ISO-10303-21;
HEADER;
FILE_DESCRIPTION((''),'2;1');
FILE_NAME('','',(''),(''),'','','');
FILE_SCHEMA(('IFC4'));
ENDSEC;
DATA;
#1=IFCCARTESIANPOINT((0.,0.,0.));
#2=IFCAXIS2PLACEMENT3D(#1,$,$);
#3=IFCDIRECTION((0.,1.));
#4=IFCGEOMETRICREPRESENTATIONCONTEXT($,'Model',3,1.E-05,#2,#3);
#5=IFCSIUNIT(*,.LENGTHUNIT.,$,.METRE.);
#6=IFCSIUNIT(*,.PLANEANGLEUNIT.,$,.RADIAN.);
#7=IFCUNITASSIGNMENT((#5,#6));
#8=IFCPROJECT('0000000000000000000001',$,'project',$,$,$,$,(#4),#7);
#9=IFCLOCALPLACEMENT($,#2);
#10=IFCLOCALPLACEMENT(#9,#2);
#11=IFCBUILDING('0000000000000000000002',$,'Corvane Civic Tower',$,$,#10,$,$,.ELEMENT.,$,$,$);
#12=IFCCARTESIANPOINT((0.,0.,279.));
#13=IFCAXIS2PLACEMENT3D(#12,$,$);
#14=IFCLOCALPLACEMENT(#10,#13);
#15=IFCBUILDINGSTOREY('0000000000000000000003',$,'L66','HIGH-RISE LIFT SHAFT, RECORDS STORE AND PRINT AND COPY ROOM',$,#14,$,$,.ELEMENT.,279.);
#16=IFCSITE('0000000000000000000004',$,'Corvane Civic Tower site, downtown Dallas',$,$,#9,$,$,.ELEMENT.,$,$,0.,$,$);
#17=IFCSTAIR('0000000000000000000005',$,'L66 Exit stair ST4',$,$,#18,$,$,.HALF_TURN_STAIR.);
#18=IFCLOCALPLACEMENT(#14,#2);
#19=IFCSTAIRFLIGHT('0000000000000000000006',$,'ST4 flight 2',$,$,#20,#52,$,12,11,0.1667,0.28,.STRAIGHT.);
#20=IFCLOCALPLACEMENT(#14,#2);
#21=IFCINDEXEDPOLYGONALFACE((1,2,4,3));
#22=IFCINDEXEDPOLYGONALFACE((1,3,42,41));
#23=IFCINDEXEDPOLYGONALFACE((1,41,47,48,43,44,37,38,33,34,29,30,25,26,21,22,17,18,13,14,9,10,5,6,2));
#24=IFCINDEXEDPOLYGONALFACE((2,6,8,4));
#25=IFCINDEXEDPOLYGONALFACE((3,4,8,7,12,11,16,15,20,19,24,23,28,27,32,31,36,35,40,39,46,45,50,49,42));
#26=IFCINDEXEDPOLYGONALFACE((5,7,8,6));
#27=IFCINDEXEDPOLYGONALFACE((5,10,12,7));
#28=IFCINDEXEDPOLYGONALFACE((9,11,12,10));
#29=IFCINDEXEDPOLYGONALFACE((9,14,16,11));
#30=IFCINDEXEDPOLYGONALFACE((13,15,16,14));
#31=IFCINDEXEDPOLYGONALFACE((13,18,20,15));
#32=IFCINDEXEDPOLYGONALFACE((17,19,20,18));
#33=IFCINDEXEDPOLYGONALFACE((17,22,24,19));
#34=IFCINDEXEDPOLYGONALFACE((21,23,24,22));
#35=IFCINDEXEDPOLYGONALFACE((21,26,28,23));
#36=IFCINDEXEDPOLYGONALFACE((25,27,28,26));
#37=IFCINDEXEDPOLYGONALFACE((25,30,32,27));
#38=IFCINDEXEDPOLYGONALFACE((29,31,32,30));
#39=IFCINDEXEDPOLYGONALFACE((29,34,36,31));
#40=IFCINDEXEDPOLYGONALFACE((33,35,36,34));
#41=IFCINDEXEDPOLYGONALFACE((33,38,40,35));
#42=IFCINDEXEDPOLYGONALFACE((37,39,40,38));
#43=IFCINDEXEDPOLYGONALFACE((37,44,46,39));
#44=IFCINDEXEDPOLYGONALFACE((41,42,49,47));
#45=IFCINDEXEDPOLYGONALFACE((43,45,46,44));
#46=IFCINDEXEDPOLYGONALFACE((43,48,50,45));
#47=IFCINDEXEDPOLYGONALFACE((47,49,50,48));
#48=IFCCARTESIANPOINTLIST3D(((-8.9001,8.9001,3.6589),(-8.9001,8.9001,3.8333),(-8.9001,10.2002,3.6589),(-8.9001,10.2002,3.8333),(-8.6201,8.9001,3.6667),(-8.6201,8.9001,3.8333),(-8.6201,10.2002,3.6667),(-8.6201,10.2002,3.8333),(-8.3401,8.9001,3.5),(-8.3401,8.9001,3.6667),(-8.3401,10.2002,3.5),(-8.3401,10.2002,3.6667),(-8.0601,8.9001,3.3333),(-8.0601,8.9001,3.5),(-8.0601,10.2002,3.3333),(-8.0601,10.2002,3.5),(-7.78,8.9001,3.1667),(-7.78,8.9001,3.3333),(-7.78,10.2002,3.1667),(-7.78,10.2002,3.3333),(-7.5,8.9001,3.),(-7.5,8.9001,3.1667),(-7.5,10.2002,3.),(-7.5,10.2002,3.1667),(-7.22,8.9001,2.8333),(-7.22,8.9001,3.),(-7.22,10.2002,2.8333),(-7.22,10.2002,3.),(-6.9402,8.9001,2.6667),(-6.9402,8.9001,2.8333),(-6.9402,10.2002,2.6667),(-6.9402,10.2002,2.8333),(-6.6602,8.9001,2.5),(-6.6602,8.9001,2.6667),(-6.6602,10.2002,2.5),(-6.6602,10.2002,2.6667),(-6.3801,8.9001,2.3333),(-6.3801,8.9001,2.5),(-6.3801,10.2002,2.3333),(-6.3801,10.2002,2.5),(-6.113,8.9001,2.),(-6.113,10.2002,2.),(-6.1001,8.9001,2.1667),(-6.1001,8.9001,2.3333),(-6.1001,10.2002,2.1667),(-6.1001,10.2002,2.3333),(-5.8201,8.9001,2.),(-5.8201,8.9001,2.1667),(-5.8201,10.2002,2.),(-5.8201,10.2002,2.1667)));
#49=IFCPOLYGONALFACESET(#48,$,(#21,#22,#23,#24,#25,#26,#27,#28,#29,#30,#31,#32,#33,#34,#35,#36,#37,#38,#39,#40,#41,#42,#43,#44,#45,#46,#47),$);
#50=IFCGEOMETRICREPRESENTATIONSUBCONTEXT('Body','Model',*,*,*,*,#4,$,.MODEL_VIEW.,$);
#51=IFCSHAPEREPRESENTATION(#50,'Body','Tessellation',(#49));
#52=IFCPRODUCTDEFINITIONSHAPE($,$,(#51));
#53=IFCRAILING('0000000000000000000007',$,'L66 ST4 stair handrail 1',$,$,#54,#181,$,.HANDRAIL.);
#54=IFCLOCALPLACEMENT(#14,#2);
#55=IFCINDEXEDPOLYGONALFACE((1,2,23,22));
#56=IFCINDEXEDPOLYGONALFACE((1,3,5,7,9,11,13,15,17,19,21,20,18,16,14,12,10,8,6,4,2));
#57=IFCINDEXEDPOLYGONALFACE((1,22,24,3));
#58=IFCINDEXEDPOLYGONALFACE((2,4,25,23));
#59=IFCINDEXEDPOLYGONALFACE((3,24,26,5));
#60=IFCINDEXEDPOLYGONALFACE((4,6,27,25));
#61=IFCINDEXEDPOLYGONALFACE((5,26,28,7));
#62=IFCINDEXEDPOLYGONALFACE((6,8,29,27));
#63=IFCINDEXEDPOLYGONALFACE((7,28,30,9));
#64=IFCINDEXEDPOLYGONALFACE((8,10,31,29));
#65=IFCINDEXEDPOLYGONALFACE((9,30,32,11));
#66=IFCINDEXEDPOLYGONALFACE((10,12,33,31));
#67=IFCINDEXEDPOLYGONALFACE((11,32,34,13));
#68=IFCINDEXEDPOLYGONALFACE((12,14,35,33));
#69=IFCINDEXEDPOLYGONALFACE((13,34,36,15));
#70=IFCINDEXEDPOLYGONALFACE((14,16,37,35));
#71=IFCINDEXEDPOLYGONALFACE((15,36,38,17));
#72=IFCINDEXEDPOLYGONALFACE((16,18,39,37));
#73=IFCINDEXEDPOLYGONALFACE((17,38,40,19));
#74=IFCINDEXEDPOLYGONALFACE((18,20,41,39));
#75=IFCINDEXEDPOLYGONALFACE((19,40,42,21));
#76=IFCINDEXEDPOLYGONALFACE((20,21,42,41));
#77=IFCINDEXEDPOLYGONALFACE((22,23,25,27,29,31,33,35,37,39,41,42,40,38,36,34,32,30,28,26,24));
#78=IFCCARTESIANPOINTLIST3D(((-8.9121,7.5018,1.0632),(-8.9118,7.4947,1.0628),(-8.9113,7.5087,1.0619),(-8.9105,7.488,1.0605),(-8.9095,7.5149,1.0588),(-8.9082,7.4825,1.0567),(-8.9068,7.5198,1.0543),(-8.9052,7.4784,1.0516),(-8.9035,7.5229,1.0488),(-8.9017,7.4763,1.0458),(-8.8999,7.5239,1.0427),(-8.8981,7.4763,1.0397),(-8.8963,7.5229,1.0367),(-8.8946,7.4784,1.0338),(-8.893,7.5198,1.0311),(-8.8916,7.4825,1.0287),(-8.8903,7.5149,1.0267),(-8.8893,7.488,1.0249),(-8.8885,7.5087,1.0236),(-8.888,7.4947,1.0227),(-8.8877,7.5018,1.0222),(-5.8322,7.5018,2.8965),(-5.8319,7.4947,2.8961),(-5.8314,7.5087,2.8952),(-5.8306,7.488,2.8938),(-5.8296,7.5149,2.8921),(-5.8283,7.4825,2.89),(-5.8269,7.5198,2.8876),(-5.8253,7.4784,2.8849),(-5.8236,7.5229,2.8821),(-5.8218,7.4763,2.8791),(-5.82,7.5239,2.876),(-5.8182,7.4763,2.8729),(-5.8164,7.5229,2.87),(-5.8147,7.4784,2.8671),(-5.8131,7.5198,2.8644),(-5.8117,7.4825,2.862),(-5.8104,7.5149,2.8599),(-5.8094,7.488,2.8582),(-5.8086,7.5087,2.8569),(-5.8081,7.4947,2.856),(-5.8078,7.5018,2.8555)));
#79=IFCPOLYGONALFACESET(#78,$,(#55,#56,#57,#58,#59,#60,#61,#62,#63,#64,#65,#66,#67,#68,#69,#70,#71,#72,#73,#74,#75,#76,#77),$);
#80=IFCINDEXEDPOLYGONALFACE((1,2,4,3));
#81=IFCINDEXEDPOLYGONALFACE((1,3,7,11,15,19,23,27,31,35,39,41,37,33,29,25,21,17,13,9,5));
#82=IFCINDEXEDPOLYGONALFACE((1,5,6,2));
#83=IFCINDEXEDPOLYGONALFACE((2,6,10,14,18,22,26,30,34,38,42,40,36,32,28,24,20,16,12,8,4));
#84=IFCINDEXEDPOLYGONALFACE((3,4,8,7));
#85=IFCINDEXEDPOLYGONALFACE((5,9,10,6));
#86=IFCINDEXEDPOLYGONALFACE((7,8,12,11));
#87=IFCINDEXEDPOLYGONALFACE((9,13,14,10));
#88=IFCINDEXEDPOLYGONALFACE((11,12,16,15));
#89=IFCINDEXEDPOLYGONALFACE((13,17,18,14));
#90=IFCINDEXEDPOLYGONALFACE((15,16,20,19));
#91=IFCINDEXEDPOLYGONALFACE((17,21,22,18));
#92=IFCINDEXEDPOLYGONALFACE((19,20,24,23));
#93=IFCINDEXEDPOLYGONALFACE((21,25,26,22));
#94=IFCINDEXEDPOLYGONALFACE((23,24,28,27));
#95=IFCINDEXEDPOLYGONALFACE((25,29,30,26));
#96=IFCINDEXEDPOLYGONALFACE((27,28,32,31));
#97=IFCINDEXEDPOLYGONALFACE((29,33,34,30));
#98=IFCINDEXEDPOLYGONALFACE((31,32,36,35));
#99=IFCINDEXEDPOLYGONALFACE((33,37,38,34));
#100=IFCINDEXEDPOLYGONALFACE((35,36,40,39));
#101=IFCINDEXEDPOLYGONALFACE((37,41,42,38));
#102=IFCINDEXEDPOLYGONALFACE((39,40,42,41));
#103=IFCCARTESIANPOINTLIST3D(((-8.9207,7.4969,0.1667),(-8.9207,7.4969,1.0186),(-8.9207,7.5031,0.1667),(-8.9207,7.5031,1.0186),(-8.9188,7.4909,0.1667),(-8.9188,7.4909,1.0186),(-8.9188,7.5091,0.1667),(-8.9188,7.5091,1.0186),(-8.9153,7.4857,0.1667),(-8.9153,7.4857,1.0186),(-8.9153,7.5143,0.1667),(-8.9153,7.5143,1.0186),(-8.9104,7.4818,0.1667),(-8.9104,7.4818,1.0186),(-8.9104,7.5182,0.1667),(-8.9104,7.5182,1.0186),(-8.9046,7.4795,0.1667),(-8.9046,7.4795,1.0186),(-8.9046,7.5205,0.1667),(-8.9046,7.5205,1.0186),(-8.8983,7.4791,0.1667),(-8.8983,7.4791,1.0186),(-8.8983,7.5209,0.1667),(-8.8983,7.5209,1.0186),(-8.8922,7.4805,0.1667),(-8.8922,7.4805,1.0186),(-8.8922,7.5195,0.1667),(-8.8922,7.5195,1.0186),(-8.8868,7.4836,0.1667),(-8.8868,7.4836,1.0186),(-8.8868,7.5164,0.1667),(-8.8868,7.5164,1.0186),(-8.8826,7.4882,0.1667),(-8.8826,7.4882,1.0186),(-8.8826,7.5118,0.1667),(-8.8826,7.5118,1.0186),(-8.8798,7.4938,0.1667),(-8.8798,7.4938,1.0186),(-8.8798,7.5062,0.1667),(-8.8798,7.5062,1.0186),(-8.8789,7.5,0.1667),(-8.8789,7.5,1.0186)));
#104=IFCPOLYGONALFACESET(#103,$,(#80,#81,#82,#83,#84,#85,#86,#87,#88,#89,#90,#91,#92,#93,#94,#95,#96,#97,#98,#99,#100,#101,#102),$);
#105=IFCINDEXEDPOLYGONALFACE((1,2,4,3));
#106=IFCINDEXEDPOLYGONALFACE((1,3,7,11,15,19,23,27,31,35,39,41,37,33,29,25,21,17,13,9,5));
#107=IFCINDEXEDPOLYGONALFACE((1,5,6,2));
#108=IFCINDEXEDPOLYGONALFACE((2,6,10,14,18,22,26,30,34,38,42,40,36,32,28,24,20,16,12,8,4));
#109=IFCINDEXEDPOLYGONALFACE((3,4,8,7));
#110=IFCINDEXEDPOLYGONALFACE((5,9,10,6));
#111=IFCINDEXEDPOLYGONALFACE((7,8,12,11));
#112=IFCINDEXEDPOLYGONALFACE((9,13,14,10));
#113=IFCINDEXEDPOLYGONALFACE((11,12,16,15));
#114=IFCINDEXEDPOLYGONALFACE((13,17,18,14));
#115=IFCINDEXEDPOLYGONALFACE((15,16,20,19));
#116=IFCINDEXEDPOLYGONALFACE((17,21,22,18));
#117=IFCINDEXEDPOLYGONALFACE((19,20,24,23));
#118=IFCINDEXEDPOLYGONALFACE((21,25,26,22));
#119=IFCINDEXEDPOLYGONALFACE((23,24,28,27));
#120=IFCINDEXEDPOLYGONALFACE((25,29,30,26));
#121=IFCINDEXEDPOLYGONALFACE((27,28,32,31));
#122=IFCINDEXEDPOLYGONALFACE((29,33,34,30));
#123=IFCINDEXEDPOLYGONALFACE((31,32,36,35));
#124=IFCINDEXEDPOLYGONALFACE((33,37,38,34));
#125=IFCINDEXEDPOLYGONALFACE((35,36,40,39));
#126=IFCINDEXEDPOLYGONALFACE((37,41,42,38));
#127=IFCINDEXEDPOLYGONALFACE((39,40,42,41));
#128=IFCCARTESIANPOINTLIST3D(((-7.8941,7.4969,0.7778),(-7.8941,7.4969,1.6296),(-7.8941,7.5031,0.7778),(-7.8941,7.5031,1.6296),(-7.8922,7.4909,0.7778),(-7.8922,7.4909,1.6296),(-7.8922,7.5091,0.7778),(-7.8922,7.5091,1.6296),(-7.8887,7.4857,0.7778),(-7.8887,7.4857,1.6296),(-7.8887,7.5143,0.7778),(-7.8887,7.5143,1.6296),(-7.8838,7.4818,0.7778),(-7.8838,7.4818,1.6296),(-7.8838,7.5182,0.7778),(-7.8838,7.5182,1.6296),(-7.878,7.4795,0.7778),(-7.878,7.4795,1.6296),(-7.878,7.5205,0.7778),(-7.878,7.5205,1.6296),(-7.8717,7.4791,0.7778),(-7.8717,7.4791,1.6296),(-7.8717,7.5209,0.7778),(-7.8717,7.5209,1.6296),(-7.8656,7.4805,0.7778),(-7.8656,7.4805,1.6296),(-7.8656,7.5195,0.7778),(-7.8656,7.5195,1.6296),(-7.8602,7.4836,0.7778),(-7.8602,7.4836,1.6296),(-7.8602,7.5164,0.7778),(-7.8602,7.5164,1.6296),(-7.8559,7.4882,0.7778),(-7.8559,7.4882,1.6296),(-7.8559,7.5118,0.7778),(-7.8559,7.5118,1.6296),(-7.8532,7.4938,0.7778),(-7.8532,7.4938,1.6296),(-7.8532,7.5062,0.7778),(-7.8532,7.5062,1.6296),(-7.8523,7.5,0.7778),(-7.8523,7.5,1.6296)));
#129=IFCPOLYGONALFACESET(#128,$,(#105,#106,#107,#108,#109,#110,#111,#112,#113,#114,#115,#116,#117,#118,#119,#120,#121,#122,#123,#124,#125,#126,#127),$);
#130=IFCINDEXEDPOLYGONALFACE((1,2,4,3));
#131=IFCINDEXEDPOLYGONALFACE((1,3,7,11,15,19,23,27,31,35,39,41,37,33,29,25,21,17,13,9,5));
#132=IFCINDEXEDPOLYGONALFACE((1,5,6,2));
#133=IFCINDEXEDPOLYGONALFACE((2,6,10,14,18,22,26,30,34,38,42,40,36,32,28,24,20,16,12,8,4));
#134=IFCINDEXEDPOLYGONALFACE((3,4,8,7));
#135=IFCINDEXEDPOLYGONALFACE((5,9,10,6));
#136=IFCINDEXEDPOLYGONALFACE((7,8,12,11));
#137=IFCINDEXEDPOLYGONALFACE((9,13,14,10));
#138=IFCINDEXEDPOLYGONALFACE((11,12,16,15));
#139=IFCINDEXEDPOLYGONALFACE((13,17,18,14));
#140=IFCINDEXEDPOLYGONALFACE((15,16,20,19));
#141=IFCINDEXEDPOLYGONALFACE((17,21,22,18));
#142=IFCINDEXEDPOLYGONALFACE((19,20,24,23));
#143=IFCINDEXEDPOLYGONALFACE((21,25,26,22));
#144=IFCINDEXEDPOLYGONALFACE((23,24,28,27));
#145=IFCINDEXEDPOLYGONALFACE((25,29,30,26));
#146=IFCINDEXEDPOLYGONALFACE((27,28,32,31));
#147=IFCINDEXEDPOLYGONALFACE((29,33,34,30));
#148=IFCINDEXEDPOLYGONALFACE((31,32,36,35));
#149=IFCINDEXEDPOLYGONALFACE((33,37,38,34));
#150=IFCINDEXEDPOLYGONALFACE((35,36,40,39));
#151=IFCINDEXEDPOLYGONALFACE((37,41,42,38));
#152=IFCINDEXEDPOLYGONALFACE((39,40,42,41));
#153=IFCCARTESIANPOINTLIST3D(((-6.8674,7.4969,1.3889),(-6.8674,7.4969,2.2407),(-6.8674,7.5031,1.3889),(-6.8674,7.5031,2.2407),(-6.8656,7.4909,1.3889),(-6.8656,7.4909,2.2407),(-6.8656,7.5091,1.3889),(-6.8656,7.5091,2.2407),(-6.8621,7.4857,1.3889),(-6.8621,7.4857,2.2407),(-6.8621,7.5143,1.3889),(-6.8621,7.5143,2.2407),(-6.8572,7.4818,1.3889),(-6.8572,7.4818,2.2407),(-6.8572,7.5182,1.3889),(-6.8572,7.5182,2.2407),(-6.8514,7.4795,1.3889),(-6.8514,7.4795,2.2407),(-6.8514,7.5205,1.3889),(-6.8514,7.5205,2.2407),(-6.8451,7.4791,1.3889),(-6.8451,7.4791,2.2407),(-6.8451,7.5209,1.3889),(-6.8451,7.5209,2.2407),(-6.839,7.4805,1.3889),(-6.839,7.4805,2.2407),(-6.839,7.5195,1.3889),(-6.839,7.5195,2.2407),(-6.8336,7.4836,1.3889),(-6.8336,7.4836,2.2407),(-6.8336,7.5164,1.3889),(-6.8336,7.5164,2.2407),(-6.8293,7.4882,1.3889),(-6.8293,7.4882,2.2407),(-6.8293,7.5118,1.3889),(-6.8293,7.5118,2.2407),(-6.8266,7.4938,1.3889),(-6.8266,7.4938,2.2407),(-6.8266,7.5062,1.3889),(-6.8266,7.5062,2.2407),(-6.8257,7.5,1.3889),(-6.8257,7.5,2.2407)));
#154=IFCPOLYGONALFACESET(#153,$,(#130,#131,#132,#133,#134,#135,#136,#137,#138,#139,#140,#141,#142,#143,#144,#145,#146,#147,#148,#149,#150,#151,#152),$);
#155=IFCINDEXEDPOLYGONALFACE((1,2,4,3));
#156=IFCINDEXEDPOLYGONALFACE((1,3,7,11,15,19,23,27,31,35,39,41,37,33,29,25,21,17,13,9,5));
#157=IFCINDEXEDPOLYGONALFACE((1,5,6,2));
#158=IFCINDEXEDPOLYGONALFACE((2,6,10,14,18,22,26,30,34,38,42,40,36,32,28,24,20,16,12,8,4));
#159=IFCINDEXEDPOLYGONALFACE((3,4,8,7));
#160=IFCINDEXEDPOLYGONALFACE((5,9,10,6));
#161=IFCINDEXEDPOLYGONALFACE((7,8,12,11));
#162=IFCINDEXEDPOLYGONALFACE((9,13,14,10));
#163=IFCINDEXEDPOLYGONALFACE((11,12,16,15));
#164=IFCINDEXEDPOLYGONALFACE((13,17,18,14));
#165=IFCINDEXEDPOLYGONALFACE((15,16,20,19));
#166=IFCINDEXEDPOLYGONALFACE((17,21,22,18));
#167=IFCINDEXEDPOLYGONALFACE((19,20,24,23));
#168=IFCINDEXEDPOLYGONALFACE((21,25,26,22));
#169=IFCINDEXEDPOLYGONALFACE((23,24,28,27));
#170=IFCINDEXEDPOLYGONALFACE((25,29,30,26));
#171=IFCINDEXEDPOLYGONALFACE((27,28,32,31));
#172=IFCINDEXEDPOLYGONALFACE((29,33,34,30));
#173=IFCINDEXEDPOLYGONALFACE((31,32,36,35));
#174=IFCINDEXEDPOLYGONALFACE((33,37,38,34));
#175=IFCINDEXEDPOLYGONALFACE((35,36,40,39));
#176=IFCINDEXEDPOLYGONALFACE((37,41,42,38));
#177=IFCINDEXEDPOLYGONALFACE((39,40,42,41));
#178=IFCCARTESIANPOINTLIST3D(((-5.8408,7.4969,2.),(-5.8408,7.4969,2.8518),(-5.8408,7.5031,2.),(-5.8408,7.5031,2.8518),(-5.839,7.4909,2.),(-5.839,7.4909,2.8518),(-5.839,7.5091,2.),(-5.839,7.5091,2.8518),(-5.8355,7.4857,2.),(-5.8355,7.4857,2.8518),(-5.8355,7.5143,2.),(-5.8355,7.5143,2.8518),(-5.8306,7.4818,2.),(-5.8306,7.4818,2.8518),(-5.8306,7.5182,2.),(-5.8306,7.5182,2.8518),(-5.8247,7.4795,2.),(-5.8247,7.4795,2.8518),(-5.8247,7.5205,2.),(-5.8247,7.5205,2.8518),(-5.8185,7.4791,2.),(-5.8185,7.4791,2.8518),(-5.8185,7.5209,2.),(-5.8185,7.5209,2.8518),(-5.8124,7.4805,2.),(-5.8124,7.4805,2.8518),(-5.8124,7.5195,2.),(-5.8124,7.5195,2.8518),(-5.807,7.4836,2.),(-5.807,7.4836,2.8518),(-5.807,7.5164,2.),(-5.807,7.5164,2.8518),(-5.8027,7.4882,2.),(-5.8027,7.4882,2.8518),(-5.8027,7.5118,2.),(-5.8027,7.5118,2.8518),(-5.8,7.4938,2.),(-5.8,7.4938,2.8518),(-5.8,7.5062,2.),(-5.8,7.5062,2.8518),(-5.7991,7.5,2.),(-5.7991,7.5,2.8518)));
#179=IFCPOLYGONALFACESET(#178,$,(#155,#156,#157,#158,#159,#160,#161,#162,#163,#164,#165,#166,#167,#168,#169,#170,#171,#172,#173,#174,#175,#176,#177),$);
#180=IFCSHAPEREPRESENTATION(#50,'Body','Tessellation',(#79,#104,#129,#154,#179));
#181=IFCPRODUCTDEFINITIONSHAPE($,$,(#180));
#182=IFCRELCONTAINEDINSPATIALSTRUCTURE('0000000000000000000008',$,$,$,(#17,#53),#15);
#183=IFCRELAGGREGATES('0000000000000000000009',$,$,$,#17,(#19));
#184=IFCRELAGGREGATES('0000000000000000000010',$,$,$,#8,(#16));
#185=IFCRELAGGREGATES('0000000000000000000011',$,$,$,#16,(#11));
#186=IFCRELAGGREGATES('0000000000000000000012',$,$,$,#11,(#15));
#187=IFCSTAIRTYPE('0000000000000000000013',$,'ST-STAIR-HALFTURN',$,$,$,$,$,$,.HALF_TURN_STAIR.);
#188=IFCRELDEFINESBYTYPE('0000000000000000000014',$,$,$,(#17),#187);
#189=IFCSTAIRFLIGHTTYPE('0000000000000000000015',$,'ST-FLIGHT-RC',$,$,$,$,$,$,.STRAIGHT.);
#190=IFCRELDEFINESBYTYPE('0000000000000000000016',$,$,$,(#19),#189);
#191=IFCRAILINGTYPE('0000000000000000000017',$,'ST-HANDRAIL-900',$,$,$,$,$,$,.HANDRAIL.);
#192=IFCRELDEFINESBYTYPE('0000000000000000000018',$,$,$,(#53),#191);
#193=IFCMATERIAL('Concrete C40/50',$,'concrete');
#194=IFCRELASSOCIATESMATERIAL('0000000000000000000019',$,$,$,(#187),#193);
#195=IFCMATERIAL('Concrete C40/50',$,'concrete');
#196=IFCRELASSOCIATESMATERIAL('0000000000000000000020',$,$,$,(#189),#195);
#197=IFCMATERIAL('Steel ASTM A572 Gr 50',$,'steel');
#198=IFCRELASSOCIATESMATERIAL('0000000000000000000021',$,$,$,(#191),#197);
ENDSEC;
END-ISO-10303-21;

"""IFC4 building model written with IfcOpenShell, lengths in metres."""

from ifc_helpers import new_model, si_unit, direction, frame, origin, origin_2d, place, context, subcontext, project, spatial, polyline, circle, outline, extrude, material, type_object, element, aggregate, save


model = new_model("IFC4")

# Units and contexts
model_context = context("Model", 3, precision=1e-05, world=origin(), true_north=direction((0.0, 1.0)))
body_context = subcontext(model_context, "Body", "Model", "MODEL_VIEW")
ifc_project = project(units=[si_unit("LENGTHUNIT", "METRE"), si_unit("PLANEANGLEUNIT", "RADIAN")], contexts=[model_context])

# Site, building, storey
site_placement = place(None, origin())
site = spatial("IfcSite", under=ifc_project, at=site_placement, Name="Corvane Civic Tower site, downtown Dallas", CompositionType="ELEMENT", RefElevation=0.0)
building_placement = place(site_placement, origin())
building = spatial("IfcBuilding", under=site, at=building_placement, Name="Corvane Civic Tower", CompositionType="ELEMENT")
storey_placement = place(building_placement, frame((0.0, 0.0, 279.0)))
storey = spatial("IfcBuildingStorey", under=building, at=storey_placement, Name="L66", Description="HIGH-RISE LIFT SHAFT, RECORDS STORE AND PRINT AND COPY ROOM", CompositionType="ELEMENT", Elevation=279.0)

# Stair
ifc_material_1 = material(Name="Concrete C40/50", Category="concrete")
stair_type = type_object("IfcStairType", Name="ST-STAIR-HALFTURN", PredefinedType="HALF_TURN_STAIR", material=ifc_material_1)
stair_1_placement = place(storey_placement, origin())
stair_1 = element("IfcStair", 1, at=stair_1_placement, inside=storey, type_object=stair_type, Name="L66 Exit stair ST4", PredefinedType="HALF_TURN_STAIR")

# Stair flight
ifc_material_2 = material(Name="Concrete C40/50", Category="concrete")
stair_flight_type = type_object("IfcStairFlightType", Name="ST-FLIGHT-RC", PredefinedType="STRAIGHT", material=ifc_material_2)
stair_flight_1_placement = place(storey_placement, frame((-5.8201, 9.55, 2.0), z_axis=(0.0, 0.0, 1.0), x_axis=(-1.0, 0.0, 0.0)))
stair_flight_1 = element("IfcStairFlight", 2, at=stair_flight_1_placement, type_object=stair_flight_type, Name="ST4 flight 2", NumberOfRisers=12, NumberOfTreads=11, PredefinedType="STRAIGHT", RiserHeight=0.1667, TreadLength=0.28, context=body_context, shape_type="SweptSolid", body=[
    extrude(outline(polyline([(0.0, 0.0), (0.0, 0.1667), (0.28, 0.1667), (0.28, 0.3333), (0.5601, 0.3333), (0.5601, 0.5), (0.8401, 0.5), (0.8401, 0.6667), (1.1201, 0.6667), (1.1201, 0.8333), (1.3999, 0.8333), (1.3999, 1.0), (1.6799, 1.0), (1.6799, 1.1667), (1.96, 1.1667), (1.96, 1.3333), (2.24, 1.3333), (2.24, 1.5), (2.52, 1.5), (2.52, 1.6667), (2.8, 1.6667), (2.8, 1.8333), (3.0801, 1.8333), (3.0801, 2.0), (3.0801, 1.6589), (0.293, 0.0), (0.0, 0.0)])), frame((0.0, 0.6499, 0.0), z_axis=(0.0, -1.0, 0.0), x_axis=(1.0, 0.0, 0.0)), (0.0, 0.0, 1.0), 1.3),
])
aggregate(stair_1, [stair_flight_1])

# Railing
ifc_material_3 = material(Name="Steel ASTM A572 Gr 50", Category="steel")
railing_type_1 = type_object("IfcRailingType", Name="ST-HANDRAIL-900", PredefinedType="HANDRAIL", material=ifc_material_3)
railing_1_placement = place(storey_placement, frame((-8.8999, 7.5, 0.1667)))
element("IfcRailing", 3, at=railing_1_placement, inside=storey, type_object=railing_type_1, Name="L66 ST4 stair handrail 1", PredefinedType="HANDRAIL", context=body_context, shape_type="SweptSolid", body=[
    extrude(circle(Radius=0.0239, at=origin_2d()), frame((0.0, 0.0, 0.876), z_axis=(0.859291, 0.0, 0.511487), x_axis=(0.0, 1.0, 0.0)), (0.0, 0.0, 1.0), 3.5842),
    extrude(circle(Radius=0.021, at=origin_2d()), origin(), (0.0, 0.0, 1.0), 0.8518),
    extrude(circle(Radius=0.021, at=origin_2d()), frame((1.0266, 0.0, 0.6111)), (0.0, 0.0, 1.0), 0.8518),
    extrude(circle(Radius=0.021, at=origin_2d()), frame((2.0532, 0.0, 1.2222)), (0.0, 0.0, 1.0), 0.8518),
    extrude(circle(Radius=0.021, at=origin_2d()), frame((3.0798, 0.0, 1.8333)), (0.0, 0.0, 1.0), 0.8518),
])

save(model, "model.ifc")
